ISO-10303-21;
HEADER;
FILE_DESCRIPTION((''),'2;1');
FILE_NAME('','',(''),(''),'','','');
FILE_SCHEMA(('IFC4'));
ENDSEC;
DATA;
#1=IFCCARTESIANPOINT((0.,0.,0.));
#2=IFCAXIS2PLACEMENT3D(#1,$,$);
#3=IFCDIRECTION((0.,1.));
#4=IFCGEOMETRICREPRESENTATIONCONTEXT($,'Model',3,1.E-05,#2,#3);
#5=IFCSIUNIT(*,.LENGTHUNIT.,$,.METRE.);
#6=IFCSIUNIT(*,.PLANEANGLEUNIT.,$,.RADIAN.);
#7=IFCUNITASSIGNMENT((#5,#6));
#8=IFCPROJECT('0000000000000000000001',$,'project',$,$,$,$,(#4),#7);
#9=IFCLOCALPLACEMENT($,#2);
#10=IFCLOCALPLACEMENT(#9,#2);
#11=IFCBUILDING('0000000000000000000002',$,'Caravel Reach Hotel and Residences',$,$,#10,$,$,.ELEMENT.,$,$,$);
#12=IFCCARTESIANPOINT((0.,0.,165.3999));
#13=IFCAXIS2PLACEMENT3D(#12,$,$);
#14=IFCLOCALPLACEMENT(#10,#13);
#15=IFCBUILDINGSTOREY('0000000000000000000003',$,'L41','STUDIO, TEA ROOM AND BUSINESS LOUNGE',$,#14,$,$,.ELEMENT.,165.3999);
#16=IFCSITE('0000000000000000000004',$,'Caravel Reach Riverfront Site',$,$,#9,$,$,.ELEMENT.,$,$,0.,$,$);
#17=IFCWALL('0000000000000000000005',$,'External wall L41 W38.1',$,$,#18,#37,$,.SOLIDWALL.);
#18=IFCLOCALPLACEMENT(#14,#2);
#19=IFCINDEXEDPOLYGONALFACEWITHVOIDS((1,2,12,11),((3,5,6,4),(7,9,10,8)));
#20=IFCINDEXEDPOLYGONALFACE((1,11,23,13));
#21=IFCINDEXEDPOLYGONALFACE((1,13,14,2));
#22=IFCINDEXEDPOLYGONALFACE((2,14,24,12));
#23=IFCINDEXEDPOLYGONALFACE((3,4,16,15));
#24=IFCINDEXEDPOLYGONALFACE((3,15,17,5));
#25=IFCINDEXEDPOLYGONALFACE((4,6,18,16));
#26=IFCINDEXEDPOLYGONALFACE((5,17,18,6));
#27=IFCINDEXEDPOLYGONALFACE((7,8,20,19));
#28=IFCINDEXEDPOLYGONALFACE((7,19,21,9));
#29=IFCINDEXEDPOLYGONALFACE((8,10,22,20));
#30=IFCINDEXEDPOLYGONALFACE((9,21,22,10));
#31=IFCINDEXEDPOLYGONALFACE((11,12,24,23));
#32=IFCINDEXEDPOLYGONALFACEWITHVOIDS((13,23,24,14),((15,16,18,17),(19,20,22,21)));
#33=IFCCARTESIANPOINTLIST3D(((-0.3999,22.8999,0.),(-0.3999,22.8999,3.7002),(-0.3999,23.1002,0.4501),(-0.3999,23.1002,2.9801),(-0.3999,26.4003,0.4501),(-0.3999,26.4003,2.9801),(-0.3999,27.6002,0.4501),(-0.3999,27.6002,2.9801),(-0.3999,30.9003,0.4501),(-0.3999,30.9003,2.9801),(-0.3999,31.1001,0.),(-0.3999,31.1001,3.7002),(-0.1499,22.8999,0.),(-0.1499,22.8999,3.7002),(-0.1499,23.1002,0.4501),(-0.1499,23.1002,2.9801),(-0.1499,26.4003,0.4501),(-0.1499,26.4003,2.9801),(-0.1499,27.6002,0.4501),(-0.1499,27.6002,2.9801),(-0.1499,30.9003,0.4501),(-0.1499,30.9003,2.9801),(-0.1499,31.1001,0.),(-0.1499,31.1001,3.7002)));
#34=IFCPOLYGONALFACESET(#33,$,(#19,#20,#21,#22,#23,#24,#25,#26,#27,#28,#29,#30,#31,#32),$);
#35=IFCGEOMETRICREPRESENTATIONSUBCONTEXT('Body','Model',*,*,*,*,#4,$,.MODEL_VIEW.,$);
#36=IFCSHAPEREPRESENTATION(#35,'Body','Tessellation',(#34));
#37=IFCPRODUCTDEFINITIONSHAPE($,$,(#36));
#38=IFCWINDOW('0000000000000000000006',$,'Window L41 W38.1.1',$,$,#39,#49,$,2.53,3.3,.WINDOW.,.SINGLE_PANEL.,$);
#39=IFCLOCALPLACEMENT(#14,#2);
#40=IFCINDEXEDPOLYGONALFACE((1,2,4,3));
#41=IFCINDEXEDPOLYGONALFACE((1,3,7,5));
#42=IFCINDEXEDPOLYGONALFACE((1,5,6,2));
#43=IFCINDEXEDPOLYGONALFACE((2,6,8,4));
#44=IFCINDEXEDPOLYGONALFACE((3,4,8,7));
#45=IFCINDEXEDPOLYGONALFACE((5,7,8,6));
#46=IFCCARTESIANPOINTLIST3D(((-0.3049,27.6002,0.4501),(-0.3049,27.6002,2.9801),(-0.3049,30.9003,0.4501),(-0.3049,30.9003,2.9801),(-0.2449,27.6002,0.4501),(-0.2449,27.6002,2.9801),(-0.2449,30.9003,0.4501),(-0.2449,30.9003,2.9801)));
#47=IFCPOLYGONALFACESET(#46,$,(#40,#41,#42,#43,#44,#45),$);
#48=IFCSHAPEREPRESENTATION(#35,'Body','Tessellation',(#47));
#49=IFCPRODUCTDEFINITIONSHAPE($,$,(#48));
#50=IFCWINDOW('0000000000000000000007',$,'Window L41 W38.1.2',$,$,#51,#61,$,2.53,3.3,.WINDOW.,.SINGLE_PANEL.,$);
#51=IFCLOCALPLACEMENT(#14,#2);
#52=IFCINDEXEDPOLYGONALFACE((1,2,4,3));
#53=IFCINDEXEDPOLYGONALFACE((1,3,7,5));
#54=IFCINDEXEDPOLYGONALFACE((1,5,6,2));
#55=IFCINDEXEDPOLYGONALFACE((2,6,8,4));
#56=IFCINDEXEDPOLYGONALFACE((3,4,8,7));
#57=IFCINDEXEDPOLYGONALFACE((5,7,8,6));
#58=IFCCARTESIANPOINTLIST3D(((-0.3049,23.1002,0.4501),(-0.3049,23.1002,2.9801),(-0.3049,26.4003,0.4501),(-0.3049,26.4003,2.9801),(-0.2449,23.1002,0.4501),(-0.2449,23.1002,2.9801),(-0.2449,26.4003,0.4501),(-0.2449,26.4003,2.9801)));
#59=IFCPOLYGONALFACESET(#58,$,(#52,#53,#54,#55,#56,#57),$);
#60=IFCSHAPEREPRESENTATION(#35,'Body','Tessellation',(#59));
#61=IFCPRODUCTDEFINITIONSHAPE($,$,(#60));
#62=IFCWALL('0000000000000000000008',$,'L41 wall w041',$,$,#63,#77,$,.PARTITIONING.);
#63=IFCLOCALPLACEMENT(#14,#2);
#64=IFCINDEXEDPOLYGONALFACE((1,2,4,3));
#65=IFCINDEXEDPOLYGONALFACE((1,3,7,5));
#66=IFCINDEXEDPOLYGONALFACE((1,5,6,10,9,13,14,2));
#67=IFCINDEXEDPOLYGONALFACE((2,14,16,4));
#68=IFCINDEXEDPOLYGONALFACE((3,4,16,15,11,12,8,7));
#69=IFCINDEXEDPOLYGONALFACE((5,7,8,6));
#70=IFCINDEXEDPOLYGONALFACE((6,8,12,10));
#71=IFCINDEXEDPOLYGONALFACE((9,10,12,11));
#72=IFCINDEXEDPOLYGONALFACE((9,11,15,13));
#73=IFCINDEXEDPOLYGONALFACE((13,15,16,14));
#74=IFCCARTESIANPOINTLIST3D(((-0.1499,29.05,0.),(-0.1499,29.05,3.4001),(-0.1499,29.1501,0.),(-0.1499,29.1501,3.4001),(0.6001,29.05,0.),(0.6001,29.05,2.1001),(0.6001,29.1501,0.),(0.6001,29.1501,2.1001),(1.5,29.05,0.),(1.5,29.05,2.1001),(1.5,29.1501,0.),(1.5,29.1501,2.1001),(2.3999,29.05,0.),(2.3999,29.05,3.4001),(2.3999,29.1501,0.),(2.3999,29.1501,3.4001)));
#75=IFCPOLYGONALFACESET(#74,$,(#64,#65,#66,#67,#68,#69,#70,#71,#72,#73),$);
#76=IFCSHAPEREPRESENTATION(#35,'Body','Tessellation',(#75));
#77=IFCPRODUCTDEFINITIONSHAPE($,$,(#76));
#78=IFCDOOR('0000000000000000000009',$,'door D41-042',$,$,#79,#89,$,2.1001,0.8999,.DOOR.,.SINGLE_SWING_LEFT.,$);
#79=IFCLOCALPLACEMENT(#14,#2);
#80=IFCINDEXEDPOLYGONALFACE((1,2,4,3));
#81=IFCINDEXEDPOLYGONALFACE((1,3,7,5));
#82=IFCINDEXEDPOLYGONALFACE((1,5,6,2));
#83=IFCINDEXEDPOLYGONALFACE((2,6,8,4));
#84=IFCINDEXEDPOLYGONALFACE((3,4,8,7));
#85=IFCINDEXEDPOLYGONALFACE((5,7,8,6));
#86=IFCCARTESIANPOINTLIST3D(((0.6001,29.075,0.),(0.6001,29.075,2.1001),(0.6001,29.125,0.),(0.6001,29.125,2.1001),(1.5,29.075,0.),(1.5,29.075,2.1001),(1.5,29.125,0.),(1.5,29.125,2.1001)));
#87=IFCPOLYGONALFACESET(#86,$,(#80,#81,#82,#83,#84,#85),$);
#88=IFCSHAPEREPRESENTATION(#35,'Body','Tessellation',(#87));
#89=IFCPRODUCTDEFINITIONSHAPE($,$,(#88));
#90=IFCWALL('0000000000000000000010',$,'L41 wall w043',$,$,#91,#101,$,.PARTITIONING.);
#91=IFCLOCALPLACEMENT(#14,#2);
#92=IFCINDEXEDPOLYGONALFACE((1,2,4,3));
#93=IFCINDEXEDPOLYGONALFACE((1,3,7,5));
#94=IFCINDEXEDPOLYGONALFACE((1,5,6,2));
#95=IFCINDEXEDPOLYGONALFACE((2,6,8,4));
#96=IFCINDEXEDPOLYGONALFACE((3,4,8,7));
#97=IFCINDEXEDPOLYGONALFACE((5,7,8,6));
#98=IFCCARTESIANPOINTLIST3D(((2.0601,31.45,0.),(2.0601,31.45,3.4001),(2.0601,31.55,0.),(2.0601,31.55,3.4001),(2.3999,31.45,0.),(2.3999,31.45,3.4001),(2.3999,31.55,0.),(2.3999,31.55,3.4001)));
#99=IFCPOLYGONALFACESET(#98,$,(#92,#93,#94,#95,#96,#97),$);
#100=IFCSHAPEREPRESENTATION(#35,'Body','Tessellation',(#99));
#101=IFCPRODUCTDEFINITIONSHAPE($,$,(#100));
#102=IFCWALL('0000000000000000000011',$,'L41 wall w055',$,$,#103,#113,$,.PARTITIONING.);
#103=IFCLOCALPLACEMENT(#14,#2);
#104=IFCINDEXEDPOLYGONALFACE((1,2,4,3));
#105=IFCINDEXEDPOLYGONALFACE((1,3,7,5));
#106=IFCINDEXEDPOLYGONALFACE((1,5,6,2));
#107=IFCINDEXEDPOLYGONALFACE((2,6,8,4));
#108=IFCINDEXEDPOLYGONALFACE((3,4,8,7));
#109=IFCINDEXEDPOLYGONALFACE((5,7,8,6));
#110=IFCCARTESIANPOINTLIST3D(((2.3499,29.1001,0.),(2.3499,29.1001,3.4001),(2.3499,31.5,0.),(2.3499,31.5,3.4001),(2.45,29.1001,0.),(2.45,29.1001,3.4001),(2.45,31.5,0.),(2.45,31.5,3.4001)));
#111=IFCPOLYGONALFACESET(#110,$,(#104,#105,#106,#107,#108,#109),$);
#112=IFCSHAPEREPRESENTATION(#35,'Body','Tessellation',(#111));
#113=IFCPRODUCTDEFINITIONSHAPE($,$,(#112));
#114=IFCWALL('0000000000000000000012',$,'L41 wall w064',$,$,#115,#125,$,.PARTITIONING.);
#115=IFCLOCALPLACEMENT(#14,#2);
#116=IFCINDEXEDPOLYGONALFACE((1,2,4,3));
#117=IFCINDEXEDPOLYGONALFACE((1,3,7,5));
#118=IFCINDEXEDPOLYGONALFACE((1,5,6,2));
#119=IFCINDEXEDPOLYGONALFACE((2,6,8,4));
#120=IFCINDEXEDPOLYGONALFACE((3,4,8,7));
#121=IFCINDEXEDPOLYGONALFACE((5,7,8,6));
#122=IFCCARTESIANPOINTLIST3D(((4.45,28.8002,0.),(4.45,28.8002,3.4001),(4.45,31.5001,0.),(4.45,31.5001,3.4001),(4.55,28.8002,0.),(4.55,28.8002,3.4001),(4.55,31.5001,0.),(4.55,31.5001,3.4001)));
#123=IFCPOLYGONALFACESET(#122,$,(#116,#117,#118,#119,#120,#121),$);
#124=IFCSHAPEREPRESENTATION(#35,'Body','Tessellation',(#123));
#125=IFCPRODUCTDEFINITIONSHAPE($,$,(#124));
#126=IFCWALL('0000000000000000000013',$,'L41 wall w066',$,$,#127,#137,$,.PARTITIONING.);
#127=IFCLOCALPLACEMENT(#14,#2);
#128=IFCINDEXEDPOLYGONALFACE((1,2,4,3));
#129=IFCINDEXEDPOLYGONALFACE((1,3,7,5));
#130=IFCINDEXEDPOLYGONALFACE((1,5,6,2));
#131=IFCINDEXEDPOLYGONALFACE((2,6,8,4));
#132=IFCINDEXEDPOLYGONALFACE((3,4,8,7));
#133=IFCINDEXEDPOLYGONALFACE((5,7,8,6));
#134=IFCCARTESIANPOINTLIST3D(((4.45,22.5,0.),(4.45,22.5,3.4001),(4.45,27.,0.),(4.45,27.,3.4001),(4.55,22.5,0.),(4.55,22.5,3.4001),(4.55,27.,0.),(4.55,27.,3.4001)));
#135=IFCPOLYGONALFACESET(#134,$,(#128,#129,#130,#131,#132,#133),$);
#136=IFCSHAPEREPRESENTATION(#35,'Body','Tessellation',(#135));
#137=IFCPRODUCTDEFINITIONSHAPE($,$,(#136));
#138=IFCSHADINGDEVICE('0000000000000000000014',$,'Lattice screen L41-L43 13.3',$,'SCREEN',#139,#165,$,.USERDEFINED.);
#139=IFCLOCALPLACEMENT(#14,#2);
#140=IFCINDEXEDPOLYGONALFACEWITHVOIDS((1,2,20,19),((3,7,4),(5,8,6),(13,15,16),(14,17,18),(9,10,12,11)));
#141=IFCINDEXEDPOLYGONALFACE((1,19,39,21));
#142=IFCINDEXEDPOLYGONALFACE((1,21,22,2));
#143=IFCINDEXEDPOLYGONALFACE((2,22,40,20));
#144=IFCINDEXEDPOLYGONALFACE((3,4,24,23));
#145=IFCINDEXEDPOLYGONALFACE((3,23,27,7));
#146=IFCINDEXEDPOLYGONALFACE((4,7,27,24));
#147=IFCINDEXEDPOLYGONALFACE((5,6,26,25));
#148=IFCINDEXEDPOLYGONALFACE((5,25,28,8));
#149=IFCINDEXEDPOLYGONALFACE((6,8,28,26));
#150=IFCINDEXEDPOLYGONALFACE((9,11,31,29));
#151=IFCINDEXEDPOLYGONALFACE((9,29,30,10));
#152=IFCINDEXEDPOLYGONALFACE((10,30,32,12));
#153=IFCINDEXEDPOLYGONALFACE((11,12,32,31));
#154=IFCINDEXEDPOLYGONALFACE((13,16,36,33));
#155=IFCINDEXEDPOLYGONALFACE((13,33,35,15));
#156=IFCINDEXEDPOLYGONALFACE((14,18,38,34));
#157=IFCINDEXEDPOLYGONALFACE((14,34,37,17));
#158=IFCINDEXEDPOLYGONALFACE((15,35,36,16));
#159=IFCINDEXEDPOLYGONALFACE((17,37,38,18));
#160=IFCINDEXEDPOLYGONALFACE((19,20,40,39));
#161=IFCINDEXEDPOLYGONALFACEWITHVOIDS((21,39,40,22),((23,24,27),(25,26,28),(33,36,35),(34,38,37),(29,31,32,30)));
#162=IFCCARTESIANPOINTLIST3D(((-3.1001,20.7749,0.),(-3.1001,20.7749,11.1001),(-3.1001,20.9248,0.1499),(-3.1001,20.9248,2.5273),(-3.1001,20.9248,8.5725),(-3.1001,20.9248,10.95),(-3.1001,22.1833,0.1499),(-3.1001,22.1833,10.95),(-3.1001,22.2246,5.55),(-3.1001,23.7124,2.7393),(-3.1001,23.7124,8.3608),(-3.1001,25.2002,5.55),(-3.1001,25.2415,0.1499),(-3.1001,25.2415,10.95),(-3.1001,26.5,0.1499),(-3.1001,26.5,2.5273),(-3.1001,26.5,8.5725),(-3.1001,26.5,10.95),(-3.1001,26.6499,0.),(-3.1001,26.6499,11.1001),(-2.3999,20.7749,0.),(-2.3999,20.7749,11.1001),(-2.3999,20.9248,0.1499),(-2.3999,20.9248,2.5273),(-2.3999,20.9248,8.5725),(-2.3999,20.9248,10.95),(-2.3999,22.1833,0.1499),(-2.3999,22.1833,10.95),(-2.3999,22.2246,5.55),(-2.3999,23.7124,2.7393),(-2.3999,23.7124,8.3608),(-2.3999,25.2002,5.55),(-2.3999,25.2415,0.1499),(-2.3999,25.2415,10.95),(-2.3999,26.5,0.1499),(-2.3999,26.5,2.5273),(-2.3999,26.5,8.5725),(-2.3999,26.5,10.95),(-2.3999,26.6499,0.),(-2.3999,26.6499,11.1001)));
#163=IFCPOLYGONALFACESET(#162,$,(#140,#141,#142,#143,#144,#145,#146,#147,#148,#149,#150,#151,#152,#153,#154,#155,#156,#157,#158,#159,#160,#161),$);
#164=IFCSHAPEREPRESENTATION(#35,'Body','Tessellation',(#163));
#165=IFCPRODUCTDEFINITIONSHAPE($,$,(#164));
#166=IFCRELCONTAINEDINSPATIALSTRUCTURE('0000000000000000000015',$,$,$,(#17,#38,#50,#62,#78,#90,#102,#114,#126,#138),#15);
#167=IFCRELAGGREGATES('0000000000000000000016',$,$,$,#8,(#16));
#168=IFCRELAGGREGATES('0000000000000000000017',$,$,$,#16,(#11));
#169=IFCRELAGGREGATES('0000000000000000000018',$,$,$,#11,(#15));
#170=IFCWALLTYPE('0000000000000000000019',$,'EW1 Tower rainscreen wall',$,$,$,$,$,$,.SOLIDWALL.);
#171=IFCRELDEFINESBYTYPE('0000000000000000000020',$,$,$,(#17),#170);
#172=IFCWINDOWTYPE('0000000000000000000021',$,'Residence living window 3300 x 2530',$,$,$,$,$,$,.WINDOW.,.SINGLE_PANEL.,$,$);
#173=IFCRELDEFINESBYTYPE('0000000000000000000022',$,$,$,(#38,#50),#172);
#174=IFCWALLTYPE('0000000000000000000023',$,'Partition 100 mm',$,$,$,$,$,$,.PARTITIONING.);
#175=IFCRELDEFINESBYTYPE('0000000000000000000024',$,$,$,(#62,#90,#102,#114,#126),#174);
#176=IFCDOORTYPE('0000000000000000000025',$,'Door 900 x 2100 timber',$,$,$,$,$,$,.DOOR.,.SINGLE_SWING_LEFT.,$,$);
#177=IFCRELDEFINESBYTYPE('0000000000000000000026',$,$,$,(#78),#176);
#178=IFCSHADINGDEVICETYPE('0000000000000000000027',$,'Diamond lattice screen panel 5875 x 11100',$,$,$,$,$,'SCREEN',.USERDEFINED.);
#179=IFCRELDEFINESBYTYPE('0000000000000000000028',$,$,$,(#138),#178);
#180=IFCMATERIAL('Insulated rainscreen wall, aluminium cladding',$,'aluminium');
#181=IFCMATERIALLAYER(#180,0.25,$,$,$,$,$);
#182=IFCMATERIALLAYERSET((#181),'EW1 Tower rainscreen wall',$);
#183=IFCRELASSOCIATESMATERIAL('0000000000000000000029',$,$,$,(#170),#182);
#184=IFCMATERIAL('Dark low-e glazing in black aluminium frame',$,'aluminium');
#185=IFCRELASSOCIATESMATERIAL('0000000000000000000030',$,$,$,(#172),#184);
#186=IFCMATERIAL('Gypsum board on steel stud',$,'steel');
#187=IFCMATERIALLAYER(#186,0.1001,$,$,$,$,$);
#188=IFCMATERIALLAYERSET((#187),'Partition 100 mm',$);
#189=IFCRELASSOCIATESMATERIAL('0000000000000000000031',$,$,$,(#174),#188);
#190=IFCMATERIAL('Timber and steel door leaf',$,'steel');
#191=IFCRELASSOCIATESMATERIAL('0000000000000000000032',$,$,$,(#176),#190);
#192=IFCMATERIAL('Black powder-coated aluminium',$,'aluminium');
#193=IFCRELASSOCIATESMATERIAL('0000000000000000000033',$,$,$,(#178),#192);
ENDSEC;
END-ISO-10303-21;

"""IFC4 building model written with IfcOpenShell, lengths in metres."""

from ifc_helpers import new_model, si_unit, direction, frame, frame_2d, origin, place, context, subcontext, project, spatial, polyline, rectangle, outline, extrude, material, layer, layer_set, type_object, element, fill, save


model = new_model("IFC4")

# Units and contexts
model_context = context("Model", 3, precision=1e-05, world=origin(), true_north=direction((0.0, 1.0)))
body_context = subcontext(model_context, "Body", "Model", "MODEL_VIEW")
ifc_project = project(units=[si_unit("LENGTHUNIT", "METRE"), si_unit("PLANEANGLEUNIT", "RADIAN")], contexts=[model_context])

# Site, building, storey
site_placement = place(None, origin())
site = spatial("IfcSite", under=ifc_project, at=site_placement, Name="Caravel Reach Riverfront Site", CompositionType="ELEMENT", RefElevation=0.0)
building_placement = place(site_placement, origin())
building = spatial("IfcBuilding", under=site, at=building_placement, Name="Caravel Reach Hotel and Residences", CompositionType="ELEMENT")
storey_placement = place(building_placement, frame((0.0, 0.0, 165.3999)))
storey = spatial("IfcBuildingStorey", under=building, at=storey_placement, Name="L41", Description="STUDIO, TEA ROOM AND BUSINESS LOUNGE", CompositionType="ELEMENT", Elevation=165.3999)

# Wall, openings, windows
ifc_material_1 = material(Name="Insulated rainscreen wall, aluminium cladding", Category="aluminium")
ifc_layer_1 = layer(ifc_material_1, 0.25)
ifc_layer_set_1 = layer_set([ifc_layer_1], Name="EW1 Tower rainscreen wall")
wall_type_1 = type_object("IfcWallType", Name="EW1 Tower rainscreen wall", PredefinedType="SOLIDWALL", material=ifc_layer_set_1)
wall_1_placement = place(storey_placement, frame((-0.2749, 31.1001, 0.0), z_axis=(0.0, 0.0, 1.0), x_axis=(0.0, -1.0, 0.0)))
wall_1 = element("IfcWall", 1, at=wall_1_placement, inside=storey, type_object=wall_type_1, Name="External wall L41 W38.1", PredefinedType="SOLIDWALL", context=body_context, shape_type="SweptSolid", body=[
    extrude(rectangle(XDim=8.2002, YDim=0.25, at=frame_2d((4.1001, 0.0))), origin(), (0.0, 0.0, 1.0), 3.7002),
])
opening_1_placement = place(wall_1_placement, frame((0.2, 0.0, 0.45)))
opening_1 = element("IfcOpeningElement", 2, at=opening_1_placement, cuts=wall_1, PredefinedType="OPENING", context=body_context, shape_type="SweptSolid", body=[
    extrude(rectangle(XDim=3.3, YDim=2.53, at=frame_2d((1.6499, 1.2651))), frame((0.0, 0.135, 0.0), z_axis=(0.0, -1.0, 0.0), x_axis=(1.0, 0.0, 0.0)), (0.0, 0.0, 1.0), 0.27),
])
opening_2_placement = place(wall_1_placement, frame((4.7, 0.0, 0.45)))
opening_2 = element("IfcOpeningElement", 3, at=opening_2_placement, cuts=wall_1, PredefinedType="OPENING", context=body_context, shape_type="SweptSolid", body=[
    extrude(rectangle(XDim=3.3, YDim=2.53, at=frame_2d((1.6499, 1.2651))), frame((0.0, 0.135, 0.0), z_axis=(0.0, -1.0, 0.0), x_axis=(1.0, 0.0, 0.0)), (0.0, 0.0, 1.0), 0.27),
])
ifc_material_2 = material(Name="Dark low-e glazing in black aluminium frame", Category="aluminium")
window_type = type_object("IfcWindowType", Name="Residence living window 3300 x 2530", PartitioningType="SINGLE_PANEL", PredefinedType="WINDOW", material=ifc_material_2)
window_1_placement = place(opening_1_placement, origin())
window_1 = element("IfcWindow", 4, at=window_1_placement, inside=storey, type_object=window_type, Name="Window L41 W38.1.1", OverallHeight=2.53, OverallWidth=3.3, PartitioningType="SINGLE_PANEL", PredefinedType="WINDOW", context=body_context, shape_type="SweptSolid", body=[
    extrude(rectangle(XDim=3.3, YDim=2.53, at=frame_2d((1.6499, 1.2651))), frame((0.0, 0.03, 0.0), z_axis=(0.0, -1.0, 0.0), x_axis=(1.0, 0.0, 0.0)), (0.0, 0.0, 1.0), 0.0601),
])
fill(opening_1, window_1)
window_2_placement = place(opening_2_placement, origin())
window_2 = element("IfcWindow", 5, at=window_2_placement, inside=storey, type_object=window_type, Name="Window L41 W38.1.2", OverallHeight=2.53, OverallWidth=3.3, PartitioningType="SINGLE_PANEL", PredefinedType="WINDOW", context=body_context, shape_type="SweptSolid", body=[
    extrude(rectangle(XDim=3.3, YDim=2.53, at=frame_2d((1.6499, 1.2651))), frame((0.0, 0.03, 0.0), z_axis=(0.0, -1.0, 0.0), x_axis=(1.0, 0.0, 0.0)), (0.0, 0.0, 1.0), 0.0601),
])
fill(opening_2, window_2)

# Wall, opening, door
ifc_material_3 = material(Name="Gypsum board on steel stud", Category="steel")
ifc_layer_2 = layer(ifc_material_3, 0.1001)
ifc_layer_set_2 = layer_set([ifc_layer_2], Name="Partition 100 mm")
wall_type_2 = type_object("IfcWallType", Name="Partition 100 mm", PredefinedType="PARTITIONING", material=ifc_layer_set_2)
wall_2_placement = place(storey_placement, frame((-0.1499, 29.1001, 0.0), z_axis=(0.0, 0.0, 1.0), x_axis=(1.0, 0.0, 0.0)))
wall_2 = element("IfcWall", 6, at=wall_2_placement, inside=storey, type_object=wall_type_2, Name="L41 wall w041", PredefinedType="PARTITIONING", context=body_context, shape_type="SweptSolid", body=[
    extrude(rectangle(XDim=2.5498, YDim=0.1001, at=frame_2d((1.2749, 0.0))), origin(), (0.0, 0.0, 1.0), 3.4001),
])
opening_3_placement = place(wall_2_placement, frame((0.75, 0.0, 0.0)))
opening_3 = element("IfcOpeningElement", 7, at=opening_3_placement, cuts=wall_2, PredefinedType="OPENING", context=body_context, shape_type="SweptSolid", body=[
    extrude(rectangle(XDim=0.8999, YDim=2.1001, at=frame_2d((0.45, 1.05))), frame((0.0, 0.0601, 0.0), z_axis=(0.0, -1.0, 0.0), x_axis=(1.0, 0.0, 0.0)), (0.0, 0.0, 1.0), 0.1201),
])
ifc_material_4 = material(Name="Timber and steel door leaf", Category="steel")
door_type_1 = type_object("IfcDoorType", Name="Door 900 x 2100 timber", OperationType="SINGLE_SWING_LEFT", PredefinedType="DOOR", material=ifc_material_4)
door_1_placement = place(opening_3_placement, origin())
door_1 = element("IfcDoor", 8, at=door_1_placement, inside=storey, type_object=door_type_1, Name="door D41-042", OperationType="SINGLE_SWING_LEFT", OverallHeight=2.1001, OverallWidth=0.8999, PredefinedType="DOOR", context=body_context, shape_type="SweptSolid", body=[
    extrude(rectangle(XDim=0.8999, YDim=2.1001, at=frame_2d((0.45, 1.05))), frame((0.0, 0.0249, 0.0), z_axis=(0.0, -1.0, 0.0), x_axis=(1.0, 0.0, 0.0)), (0.0, 0.0, 1.0), 0.05),
])
fill(opening_3, door_1)

# Walls
wall_3_placement = place(storey_placement, frame((2.0601, 31.5, 0.0), z_axis=(0.0, 0.0, 1.0), x_axis=(1.0, 0.0, 0.0)))
element("IfcWall", 9, at=wall_3_placement, inside=storey, type_object=wall_type_2, Name="L41 wall w043", PredefinedType="PARTITIONING", context=body_context, shape_type="SweptSolid", body=[
    extrude(rectangle(XDim=0.3398, YDim=0.1001, at=frame_2d((0.1699, 0.0))), origin(), (0.0, 0.0, 1.0), 3.4001),
])
wall_4_placement = place(storey_placement, frame((2.3999, 29.1001, 0.0), z_axis=(0.0, 0.0, 1.0), x_axis=(0.0, 1.0, 0.0)))
element("IfcWall", 10, at=wall_4_placement, inside=storey, type_object=wall_type_2, Name="L41 wall w055", PredefinedType="PARTITIONING", context=body_context, shape_type="SweptSolid", body=[
    extrude(rectangle(XDim=2.3999, YDim=0.1001, at=frame_2d((1.2, 0.0))), origin(), (0.0, 0.0, 1.0), 3.4001),
])
wall_5_placement = place(storey_placement, frame((4.5, 28.8, 0.0), z_axis=(0.0, 0.0, 1.0), x_axis=(0.0, 1.0, 0.0)))
element("IfcWall", 11, at=wall_5_placement, inside=storey, type_object=wall_type_2, Name="L41 wall w064", PredefinedType="PARTITIONING", context=body_context, shape_type="SweptSolid", body=[
    extrude(rectangle(XDim=2.7, YDim=0.1001, at=frame_2d((1.3501, 0.0))), origin(), (0.0, 0.0, 1.0), 3.4001),
])
wall_6_placement = place(storey_placement, frame((4.5, 22.5, 0.0), z_axis=(0.0, 0.0, 1.0), x_axis=(0.0, 1.0, 0.0)))
element("IfcWall", 12, at=wall_6_placement, inside=storey, type_object=wall_type_2, Name="L41 wall w066", PredefinedType="PARTITIONING", context=body_context, shape_type="SweptSolid", body=[
    extrude(rectangle(XDim=4.5, YDim=0.1001, at=frame_2d((2.25, 0.0))), origin(), (0.0, 0.0, 1.0), 3.4001),
])

# Shading device
ifc_material_5 = material(Name="Black powder-coated aluminium", Category="aluminium")
shading_device_type = type_object("IfcShadingDeviceType", Name="Diamond lattice screen panel 5875 x 11100", ElementType="SCREEN", PredefinedType="USERDEFINED", material=ifc_material_5)
shading_device_placement = place(storey_placement, frame((-2.3999, 26.6499, 0.0), z_axis=(-1.0, 0.0, 0.0), x_axis=(0.0, -1.0, 0.0)))
element("IfcShadingDevice", 13, at=shading_device_placement, inside=storey, type_object=shading_device_type, Name="Lattice screen L41-L43 13.3", ObjectType="SCREEN", PredefinedType="USERDEFINED", context=body_context, shape_type="SweptSolid", body=[
    extrude(outline(polyline([(0.0, 0.0), (5.875, 0.0), (5.875, 11.1001), (0.0, 11.1001), (0.0, 0.0)]), holes=[polyline([(1.4084, 0.1499), (0.1499, 2.5273), (0.1499, 0.1499), (1.4084, 0.1499)]), polyline([(0.1499, 8.5725), (1.4084, 10.95), (0.1499, 10.95), (0.1499, 8.5725)]), polyline([(2.9375, 8.3608), (1.4497, 5.55), (2.9375, 2.7393), (4.4253, 5.55), (2.9375, 8.3608)]), polyline([(5.7251, 2.5273), (4.4666, 0.1499), (5.7251, 0.1499), (5.7251, 2.5273)]), polyline([(4.4666, 10.95), (5.7251, 8.5725), (5.7251, 10.95), (4.4666, 10.95)])]), origin(), (0.0, 0.0, 1.0), 0.7002),
])

save(model, "model.ifc")
